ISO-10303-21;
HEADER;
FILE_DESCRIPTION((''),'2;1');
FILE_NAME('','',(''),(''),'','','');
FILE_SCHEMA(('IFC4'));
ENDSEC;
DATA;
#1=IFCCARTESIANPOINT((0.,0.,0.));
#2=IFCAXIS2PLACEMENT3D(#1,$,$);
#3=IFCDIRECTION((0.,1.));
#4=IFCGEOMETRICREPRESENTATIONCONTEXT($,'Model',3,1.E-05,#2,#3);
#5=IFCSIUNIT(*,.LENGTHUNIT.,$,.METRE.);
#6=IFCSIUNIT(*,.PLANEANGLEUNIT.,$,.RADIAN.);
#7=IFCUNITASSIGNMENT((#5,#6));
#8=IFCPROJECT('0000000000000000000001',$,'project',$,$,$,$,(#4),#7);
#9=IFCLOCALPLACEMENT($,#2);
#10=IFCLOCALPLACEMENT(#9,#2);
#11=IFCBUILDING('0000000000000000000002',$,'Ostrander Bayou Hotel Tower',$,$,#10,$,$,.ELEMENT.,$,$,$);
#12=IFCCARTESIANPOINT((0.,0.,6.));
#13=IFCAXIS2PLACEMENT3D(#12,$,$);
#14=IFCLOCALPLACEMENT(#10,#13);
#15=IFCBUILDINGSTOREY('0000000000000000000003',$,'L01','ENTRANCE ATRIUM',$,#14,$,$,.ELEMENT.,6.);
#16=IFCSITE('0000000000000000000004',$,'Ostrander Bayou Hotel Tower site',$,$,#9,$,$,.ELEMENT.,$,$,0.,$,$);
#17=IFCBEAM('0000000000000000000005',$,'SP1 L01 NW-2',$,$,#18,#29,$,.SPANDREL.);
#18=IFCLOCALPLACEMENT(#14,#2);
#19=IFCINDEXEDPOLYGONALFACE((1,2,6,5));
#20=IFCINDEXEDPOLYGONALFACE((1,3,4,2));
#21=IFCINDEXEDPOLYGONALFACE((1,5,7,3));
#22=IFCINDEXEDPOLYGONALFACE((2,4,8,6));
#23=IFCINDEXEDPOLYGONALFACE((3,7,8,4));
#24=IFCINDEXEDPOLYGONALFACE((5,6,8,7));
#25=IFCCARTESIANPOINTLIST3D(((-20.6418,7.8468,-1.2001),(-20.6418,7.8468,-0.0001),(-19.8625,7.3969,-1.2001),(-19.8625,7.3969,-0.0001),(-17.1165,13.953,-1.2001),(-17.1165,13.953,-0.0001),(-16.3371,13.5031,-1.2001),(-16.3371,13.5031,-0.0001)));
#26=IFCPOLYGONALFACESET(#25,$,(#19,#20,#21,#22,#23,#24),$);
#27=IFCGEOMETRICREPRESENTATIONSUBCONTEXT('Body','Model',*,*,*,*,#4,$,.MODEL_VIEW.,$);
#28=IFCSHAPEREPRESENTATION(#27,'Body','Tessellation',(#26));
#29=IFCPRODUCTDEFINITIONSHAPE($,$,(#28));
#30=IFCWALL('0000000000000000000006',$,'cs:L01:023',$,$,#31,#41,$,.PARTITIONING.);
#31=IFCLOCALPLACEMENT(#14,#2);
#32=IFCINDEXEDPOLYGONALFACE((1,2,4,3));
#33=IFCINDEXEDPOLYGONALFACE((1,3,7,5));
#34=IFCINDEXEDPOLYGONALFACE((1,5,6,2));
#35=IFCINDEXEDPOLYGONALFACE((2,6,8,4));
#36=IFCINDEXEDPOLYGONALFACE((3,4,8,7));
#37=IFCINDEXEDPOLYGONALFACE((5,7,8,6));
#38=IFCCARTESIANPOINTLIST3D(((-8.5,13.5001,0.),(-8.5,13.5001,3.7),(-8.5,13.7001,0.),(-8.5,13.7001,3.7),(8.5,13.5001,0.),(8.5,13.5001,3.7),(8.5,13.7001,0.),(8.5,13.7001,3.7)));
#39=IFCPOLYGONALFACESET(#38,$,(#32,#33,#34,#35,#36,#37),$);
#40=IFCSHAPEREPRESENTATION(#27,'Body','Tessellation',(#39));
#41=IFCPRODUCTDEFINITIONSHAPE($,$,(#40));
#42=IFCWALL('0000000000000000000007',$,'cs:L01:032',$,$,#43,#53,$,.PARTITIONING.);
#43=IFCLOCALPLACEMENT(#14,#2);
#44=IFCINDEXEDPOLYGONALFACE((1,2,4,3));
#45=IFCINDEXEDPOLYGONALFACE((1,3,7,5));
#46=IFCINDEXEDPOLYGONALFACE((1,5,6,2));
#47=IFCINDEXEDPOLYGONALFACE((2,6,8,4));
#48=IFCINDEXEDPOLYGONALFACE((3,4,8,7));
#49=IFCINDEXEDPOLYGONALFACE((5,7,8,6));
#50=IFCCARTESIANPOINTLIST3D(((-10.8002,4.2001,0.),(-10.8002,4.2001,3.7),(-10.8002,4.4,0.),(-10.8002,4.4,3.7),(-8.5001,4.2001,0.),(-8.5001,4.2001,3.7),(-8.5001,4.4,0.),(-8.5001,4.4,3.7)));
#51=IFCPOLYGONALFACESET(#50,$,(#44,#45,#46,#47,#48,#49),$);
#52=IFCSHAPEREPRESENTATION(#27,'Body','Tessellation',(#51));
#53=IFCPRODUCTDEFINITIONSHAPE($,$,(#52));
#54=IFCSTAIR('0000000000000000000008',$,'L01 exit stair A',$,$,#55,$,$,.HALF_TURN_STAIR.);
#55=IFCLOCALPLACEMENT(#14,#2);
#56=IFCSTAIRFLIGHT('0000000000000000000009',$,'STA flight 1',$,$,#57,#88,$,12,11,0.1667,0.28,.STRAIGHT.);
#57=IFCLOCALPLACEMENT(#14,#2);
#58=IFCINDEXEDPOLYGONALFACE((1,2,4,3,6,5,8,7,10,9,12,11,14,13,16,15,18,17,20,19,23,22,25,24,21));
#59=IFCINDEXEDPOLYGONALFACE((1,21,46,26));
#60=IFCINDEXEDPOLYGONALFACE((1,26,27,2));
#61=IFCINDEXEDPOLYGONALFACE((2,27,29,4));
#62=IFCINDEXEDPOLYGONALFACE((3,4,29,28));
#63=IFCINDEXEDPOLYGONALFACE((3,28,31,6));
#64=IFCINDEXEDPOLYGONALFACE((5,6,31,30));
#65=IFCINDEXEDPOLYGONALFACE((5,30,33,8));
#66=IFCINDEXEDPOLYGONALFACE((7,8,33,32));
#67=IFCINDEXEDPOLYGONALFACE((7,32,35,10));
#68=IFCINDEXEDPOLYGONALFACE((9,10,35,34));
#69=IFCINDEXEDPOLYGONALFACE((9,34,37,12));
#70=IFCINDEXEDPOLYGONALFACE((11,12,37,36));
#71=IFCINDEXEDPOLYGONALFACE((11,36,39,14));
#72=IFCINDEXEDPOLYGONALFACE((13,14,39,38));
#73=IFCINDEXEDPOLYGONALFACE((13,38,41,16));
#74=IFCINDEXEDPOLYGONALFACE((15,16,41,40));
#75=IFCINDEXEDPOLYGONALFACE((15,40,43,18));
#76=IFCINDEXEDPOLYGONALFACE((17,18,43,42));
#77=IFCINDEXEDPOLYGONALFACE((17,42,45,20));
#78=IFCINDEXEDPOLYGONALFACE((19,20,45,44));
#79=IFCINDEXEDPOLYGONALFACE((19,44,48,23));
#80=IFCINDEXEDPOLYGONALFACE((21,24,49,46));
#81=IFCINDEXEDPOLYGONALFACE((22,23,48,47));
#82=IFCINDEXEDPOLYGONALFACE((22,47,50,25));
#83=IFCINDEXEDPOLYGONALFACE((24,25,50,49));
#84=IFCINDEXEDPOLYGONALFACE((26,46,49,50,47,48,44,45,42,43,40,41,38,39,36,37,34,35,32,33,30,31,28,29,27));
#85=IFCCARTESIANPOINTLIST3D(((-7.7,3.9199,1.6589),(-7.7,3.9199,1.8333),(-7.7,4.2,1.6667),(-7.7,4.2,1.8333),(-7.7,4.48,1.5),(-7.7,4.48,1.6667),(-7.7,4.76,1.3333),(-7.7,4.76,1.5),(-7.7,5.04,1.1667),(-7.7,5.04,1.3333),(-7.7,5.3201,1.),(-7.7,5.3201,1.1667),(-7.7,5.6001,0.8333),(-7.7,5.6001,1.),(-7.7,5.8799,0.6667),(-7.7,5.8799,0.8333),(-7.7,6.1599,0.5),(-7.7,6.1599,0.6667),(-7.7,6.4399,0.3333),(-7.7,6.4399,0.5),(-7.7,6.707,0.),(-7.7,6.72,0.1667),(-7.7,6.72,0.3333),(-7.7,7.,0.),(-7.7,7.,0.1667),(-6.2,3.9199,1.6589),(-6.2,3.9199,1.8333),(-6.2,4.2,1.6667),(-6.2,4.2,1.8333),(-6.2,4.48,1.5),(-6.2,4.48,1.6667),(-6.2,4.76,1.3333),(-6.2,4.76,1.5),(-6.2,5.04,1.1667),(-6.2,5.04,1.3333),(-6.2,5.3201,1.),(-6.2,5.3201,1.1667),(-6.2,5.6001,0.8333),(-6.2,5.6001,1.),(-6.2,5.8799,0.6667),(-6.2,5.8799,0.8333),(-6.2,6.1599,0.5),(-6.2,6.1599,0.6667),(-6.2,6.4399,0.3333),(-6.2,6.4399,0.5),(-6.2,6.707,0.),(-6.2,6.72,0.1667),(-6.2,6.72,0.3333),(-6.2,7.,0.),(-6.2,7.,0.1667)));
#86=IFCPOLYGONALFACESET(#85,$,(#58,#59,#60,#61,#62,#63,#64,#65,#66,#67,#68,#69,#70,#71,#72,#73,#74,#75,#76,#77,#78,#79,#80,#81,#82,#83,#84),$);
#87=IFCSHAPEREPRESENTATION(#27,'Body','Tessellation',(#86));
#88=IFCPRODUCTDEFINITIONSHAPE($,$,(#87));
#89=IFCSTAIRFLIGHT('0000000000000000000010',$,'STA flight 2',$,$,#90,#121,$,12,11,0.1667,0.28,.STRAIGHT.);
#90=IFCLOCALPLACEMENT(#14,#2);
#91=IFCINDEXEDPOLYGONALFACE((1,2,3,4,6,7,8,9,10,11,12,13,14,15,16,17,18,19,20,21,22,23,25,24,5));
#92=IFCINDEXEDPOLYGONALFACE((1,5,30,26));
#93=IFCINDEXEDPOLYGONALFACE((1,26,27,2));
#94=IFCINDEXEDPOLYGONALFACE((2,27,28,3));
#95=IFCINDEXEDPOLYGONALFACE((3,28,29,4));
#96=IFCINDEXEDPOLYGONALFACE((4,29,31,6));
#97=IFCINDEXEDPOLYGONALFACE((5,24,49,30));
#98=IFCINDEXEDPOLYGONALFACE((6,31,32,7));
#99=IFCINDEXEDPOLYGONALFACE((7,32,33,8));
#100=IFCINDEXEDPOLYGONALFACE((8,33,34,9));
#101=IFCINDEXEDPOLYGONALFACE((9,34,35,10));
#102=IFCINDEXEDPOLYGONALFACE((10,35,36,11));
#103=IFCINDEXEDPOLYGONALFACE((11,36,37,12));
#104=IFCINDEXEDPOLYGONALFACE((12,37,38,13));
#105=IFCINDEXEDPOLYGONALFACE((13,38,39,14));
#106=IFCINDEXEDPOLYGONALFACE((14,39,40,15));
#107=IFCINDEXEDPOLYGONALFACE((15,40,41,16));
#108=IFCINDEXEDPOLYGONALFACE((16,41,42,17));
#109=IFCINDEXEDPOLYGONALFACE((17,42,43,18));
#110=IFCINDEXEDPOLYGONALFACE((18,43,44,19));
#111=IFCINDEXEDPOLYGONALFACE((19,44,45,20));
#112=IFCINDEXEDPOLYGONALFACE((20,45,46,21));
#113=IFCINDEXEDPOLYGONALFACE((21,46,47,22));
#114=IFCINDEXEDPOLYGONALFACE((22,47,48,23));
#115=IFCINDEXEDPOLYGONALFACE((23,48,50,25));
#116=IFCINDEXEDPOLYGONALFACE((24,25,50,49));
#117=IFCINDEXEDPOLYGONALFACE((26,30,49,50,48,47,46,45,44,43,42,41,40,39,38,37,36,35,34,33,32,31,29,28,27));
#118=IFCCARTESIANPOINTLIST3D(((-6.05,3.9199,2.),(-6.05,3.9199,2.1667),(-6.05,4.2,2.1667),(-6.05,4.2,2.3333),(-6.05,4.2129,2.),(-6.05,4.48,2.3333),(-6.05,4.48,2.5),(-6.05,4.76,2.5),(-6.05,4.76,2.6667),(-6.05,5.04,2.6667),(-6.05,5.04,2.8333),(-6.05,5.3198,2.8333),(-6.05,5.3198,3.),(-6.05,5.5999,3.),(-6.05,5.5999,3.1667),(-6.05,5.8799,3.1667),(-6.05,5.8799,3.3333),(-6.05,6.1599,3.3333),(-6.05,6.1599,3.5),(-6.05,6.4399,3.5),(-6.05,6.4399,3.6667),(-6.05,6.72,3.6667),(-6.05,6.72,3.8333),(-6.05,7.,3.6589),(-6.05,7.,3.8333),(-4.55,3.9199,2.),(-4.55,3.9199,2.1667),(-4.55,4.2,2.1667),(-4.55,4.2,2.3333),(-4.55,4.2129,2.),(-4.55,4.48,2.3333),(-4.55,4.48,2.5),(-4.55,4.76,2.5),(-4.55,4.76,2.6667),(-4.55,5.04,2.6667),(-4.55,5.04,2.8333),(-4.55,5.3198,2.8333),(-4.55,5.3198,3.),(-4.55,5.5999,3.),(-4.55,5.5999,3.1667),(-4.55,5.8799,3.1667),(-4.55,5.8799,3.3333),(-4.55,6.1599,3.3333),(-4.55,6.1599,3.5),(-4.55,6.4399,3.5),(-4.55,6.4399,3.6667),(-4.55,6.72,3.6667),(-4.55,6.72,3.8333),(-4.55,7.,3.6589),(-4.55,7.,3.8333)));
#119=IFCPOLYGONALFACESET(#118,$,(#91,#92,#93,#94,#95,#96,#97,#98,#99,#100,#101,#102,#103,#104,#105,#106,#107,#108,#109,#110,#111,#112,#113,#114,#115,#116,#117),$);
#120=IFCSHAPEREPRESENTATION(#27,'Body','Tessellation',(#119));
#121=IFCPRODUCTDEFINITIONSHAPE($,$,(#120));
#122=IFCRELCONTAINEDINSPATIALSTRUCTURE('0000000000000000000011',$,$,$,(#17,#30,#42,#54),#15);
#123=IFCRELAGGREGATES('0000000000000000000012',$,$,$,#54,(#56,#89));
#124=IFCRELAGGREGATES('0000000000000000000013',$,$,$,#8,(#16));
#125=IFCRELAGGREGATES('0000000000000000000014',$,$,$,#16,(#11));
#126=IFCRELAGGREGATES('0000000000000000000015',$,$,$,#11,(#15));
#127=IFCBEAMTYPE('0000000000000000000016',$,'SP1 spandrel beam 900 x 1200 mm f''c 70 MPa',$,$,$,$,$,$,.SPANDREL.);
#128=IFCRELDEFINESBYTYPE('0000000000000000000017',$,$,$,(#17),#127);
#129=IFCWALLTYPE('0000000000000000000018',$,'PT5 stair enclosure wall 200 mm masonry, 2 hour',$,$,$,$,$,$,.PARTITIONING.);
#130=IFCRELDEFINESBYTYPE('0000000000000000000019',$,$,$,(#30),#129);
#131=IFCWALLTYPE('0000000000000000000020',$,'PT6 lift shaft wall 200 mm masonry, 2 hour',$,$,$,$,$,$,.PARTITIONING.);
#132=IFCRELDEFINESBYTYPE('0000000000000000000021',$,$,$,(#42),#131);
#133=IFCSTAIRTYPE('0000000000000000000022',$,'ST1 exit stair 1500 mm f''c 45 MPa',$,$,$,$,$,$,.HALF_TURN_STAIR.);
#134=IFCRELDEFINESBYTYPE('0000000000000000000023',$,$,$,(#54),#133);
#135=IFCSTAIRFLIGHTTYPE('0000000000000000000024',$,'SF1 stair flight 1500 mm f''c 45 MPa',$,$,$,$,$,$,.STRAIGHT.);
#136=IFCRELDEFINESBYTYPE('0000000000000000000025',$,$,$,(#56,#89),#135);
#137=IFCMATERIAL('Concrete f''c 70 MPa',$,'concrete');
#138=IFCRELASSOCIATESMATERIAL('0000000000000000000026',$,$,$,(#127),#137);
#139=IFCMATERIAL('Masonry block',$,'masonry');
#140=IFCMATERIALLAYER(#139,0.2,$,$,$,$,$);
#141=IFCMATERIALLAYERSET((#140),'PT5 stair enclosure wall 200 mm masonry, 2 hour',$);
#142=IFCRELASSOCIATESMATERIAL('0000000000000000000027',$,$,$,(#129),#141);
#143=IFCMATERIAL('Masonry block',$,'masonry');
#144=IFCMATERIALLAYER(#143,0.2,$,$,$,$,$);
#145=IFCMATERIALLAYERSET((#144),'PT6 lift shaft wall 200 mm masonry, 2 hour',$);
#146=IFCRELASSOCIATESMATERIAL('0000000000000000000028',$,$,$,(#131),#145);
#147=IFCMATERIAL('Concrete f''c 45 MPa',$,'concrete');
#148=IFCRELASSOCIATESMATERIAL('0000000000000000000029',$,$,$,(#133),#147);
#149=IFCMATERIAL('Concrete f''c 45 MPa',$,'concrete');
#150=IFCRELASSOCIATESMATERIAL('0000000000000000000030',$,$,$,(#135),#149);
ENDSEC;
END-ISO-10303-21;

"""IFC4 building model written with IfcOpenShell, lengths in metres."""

from ifc_helpers import new_model, si_unit, direction, frame, frame_2d, origin, origin_2d, place, context, subcontext, project, spatial, polyline, rectangle, outline, extrude, material, layer, layer_set, material_profile, profile_set, type_object, element, aggregate, save


model = new_model("IFC4")

# Units and contexts
model_context = context("Model", 3, precision=1e-05, world=origin(), true_north=direction((0.0, 1.0)))
body_context = subcontext(model_context, "Body", "Model", "MODEL_VIEW")
ifc_project = project(units=[si_unit("LENGTHUNIT", "METRE"), si_unit("PLANEANGLEUNIT", "RADIAN")], contexts=[model_context])

# Site, building, storey
site_placement = place(None, origin())
site = spatial("IfcSite", under=ifc_project, at=site_placement, Name="Ostrander Bayou Hotel Tower site", CompositionType="ELEMENT", RefElevation=0.0)
building_placement = place(site_placement, origin())
building = spatial("IfcBuilding", under=site, at=building_placement, Name="Ostrander Bayou Hotel Tower", CompositionType="ELEMENT")
storey_placement = place(building_placement, frame((0.0, 0.0, 6.0)))
storey = spatial("IfcBuildingStorey", under=building, at=storey_placement, Name="L01", Description="ENTRANCE ATRIUM", CompositionType="ELEMENT", Elevation=6.0)

# Beam
ifc_material_1 = material(Name="Concrete f'c 70 MPa", Category="concrete")
ifc_material_profile = material_profile(ifc_material_1, rectangle(XDim=0.8999, YDim=1.2, at=origin_2d()))
ifc_profile_set = profile_set([ifc_material_profile], Name="Concrete f'c 70 MPa")
beam_type = type_object("IfcBeamType", Name="SP1 spandrel beam 900 x 1200 mm f'c 70 MPa", PredefinedType="SPANDREL", material=ifc_profile_set)
beam_placement = place(storey_placement, frame((-16.7268, 13.728, -0.6001), z_axis=(-0.499997, -0.866027, 0.0), x_axis=(0.866027, -0.499997, 0.0)))
element("IfcBeam", 1, at=beam_placement, inside=storey, type_object=beam_type, Name="SP1 L01 NW-2", PredefinedType="SPANDREL", context=body_context, shape_type="SweptSolid", body=[
    extrude(rectangle(XDim=0.8999, YDim=1.2, at=origin_2d()), origin(), (0.0, 0.0, 1.0), 7.0508),
])

# Wall
ifc_material_2 = material(Name="Masonry block", Category="masonry")
ifc_layer_1 = layer(ifc_material_2, 0.2)
ifc_layer_set_1 = layer_set([ifc_layer_1], Name="PT5 stair enclosure wall 200 mm masonry, 2 hour")
wall_type_1 = type_object("IfcWallType", Name="PT5 stair enclosure wall 200 mm masonry, 2 hour", PredefinedType="PARTITIONING", material=ifc_layer_set_1)
wall_1_placement = place(storey_placement, frame((-8.5, 13.6001, 0.0), z_axis=(0.0, 0.0, 1.0), x_axis=(1.0, 0.0, 0.0)))
element("IfcWall", 2, at=wall_1_placement, inside=storey, type_object=wall_type_1, Name="cs:L01:023", PredefinedType="PARTITIONING", context=body_context, shape_type="SweptSolid", body=[
    extrude(rectangle(XDim=17.0, YDim=0.2, at=frame_2d((8.5, 0.0))), origin(), (0.0, 0.0, 1.0), 3.7),
])

# Wall
ifc_material_3 = material(Name="Masonry block", Category="masonry")
ifc_layer_2 = layer(ifc_material_3, 0.2)
ifc_layer_set_2 = layer_set([ifc_layer_2], Name="PT6 lift shaft wall 200 mm masonry, 2 hour")
wall_type_2 = type_object("IfcWallType", Name="PT6 lift shaft wall 200 mm masonry, 2 hour", PredefinedType="PARTITIONING", material=ifc_layer_set_2)
wall_2_placement = place(storey_placement, frame((-10.8, 4.3, 0.0), z_axis=(0.0, 0.0, 1.0), x_axis=(1.0, 0.0, 0.0)))
element("IfcWall", 3, at=wall_2_placement, inside=storey, type_object=wall_type_2, Name="cs:L01:032", PredefinedType="PARTITIONING", context=body_context, shape_type="SweptSolid", body=[
    extrude(rectangle(XDim=2.3, YDim=0.2, at=frame_2d((1.1499, 0.0))), origin(), (0.0, 0.0, 1.0), 3.7),
])

# Stair, stair flights
ifc_material_4 = material(Name="Concrete f'c 45 MPa", Category="concrete")
stair_type = type_object("IfcStairType", Name="ST1 exit stair 1500 mm f'c 45 MPa", PredefinedType="HALF_TURN_STAIR", material=ifc_material_4)
stair_placement = place(storey_placement, origin())
stair = element("IfcStair", 4, at=stair_placement, inside=storey, type_object=stair_type, Name="L01 exit stair A", PredefinedType="HALF_TURN_STAIR")
ifc_material_5 = material(Name="Concrete f'c 45 MPa", Category="concrete")
stair_flight_type = type_object("IfcStairFlightType", Name="SF1 stair flight 1500 mm f'c 45 MPa", PredefinedType="STRAIGHT", material=ifc_material_5)
stair_flight_1_placement = place(storey_placement, frame((-6.95, 7.0, 0.0), z_axis=(0.0, 0.0, 1.0), x_axis=(0.0, -1.0, 0.0)))
stair_flight_1 = element("IfcStairFlight", 5, at=stair_flight_1_placement, type_object=stair_flight_type, Name="STA flight 1", NumberOfRisers=12, NumberOfTreads=11, PredefinedType="STRAIGHT", RiserHeight=0.1667, TreadLength=0.28, context=body_context, shape_type="SweptSolid", body=[
    extrude(outline(polyline([(0.0, 0.0), (0.0, 0.1667), (0.28, 0.1667), (0.28, 0.3333), (0.5601, 0.3333), (0.5601, 0.5), (0.8401, 0.5), (0.8401, 0.6667), (1.1201, 0.6667), (1.1201, 0.8333), (1.3999, 0.8333), (1.3999, 1.0), (1.6799, 1.0), (1.6799, 1.1667), (1.96, 1.1667), (1.96, 1.3333), (2.24, 1.3333), (2.24, 1.5), (2.52, 1.5), (2.52, 1.6667), (2.8, 1.6667), (2.8, 1.8333), (3.0801, 1.8333), (3.0801, 2.0), (3.0801, 1.6589), (0.293, 0.0), (0.0, 0.0)])), frame((0.0, 0.75, 0.0), z_axis=(0.0, -1.0, 0.0), x_axis=(1.0, 0.0, 0.0)), (0.0, 0.0, 1.0), 1.5),
])
stair_flight_2_placement = place(storey_placement, frame((-5.3, 3.9199, 2.0), z_axis=(0.0, 0.0, 1.0), x_axis=(0.0, 1.0, 0.0)))
stair_flight_2 = element("IfcStairFlight", 6, at=stair_flight_2_placement, type_object=stair_flight_type, Name="STA flight 2", NumberOfRisers=12, NumberOfTreads=11, PredefinedType="STRAIGHT", RiserHeight=0.1667, TreadLength=0.28, context=body_context, shape_type="SweptSolid", body=[
    extrude(outline(polyline([(0.0, 0.0), (0.0, 0.1667), (0.28, 0.1667), (0.28, 0.3333), (0.5601, 0.3333), (0.5601, 0.5), (0.8401, 0.5), (0.8401, 0.6667), (1.1201, 0.6667), (1.1201, 0.8333), (1.3999, 0.8333), (1.3999, 1.0), (1.6799, 1.0), (1.6799, 1.1667), (1.96, 1.1667), (1.96, 1.3333), (2.24, 1.3333), (2.24, 1.5), (2.52, 1.5), (2.52, 1.6667), (2.8, 1.6667), (2.8, 1.8333), (3.0801, 1.8333), (3.0801, 2.0), (3.0801, 1.6589), (0.293, 0.0), (0.0, 0.0)])), frame((0.0, 0.75, 0.0), z_axis=(0.0, -1.0, 0.0), x_axis=(1.0, 0.0, 0.0)), (0.0, 0.0, 1.0), 1.5),
])
aggregate(stair, [stair_flight_1, stair_flight_2])

save(model, "model.ifc")
